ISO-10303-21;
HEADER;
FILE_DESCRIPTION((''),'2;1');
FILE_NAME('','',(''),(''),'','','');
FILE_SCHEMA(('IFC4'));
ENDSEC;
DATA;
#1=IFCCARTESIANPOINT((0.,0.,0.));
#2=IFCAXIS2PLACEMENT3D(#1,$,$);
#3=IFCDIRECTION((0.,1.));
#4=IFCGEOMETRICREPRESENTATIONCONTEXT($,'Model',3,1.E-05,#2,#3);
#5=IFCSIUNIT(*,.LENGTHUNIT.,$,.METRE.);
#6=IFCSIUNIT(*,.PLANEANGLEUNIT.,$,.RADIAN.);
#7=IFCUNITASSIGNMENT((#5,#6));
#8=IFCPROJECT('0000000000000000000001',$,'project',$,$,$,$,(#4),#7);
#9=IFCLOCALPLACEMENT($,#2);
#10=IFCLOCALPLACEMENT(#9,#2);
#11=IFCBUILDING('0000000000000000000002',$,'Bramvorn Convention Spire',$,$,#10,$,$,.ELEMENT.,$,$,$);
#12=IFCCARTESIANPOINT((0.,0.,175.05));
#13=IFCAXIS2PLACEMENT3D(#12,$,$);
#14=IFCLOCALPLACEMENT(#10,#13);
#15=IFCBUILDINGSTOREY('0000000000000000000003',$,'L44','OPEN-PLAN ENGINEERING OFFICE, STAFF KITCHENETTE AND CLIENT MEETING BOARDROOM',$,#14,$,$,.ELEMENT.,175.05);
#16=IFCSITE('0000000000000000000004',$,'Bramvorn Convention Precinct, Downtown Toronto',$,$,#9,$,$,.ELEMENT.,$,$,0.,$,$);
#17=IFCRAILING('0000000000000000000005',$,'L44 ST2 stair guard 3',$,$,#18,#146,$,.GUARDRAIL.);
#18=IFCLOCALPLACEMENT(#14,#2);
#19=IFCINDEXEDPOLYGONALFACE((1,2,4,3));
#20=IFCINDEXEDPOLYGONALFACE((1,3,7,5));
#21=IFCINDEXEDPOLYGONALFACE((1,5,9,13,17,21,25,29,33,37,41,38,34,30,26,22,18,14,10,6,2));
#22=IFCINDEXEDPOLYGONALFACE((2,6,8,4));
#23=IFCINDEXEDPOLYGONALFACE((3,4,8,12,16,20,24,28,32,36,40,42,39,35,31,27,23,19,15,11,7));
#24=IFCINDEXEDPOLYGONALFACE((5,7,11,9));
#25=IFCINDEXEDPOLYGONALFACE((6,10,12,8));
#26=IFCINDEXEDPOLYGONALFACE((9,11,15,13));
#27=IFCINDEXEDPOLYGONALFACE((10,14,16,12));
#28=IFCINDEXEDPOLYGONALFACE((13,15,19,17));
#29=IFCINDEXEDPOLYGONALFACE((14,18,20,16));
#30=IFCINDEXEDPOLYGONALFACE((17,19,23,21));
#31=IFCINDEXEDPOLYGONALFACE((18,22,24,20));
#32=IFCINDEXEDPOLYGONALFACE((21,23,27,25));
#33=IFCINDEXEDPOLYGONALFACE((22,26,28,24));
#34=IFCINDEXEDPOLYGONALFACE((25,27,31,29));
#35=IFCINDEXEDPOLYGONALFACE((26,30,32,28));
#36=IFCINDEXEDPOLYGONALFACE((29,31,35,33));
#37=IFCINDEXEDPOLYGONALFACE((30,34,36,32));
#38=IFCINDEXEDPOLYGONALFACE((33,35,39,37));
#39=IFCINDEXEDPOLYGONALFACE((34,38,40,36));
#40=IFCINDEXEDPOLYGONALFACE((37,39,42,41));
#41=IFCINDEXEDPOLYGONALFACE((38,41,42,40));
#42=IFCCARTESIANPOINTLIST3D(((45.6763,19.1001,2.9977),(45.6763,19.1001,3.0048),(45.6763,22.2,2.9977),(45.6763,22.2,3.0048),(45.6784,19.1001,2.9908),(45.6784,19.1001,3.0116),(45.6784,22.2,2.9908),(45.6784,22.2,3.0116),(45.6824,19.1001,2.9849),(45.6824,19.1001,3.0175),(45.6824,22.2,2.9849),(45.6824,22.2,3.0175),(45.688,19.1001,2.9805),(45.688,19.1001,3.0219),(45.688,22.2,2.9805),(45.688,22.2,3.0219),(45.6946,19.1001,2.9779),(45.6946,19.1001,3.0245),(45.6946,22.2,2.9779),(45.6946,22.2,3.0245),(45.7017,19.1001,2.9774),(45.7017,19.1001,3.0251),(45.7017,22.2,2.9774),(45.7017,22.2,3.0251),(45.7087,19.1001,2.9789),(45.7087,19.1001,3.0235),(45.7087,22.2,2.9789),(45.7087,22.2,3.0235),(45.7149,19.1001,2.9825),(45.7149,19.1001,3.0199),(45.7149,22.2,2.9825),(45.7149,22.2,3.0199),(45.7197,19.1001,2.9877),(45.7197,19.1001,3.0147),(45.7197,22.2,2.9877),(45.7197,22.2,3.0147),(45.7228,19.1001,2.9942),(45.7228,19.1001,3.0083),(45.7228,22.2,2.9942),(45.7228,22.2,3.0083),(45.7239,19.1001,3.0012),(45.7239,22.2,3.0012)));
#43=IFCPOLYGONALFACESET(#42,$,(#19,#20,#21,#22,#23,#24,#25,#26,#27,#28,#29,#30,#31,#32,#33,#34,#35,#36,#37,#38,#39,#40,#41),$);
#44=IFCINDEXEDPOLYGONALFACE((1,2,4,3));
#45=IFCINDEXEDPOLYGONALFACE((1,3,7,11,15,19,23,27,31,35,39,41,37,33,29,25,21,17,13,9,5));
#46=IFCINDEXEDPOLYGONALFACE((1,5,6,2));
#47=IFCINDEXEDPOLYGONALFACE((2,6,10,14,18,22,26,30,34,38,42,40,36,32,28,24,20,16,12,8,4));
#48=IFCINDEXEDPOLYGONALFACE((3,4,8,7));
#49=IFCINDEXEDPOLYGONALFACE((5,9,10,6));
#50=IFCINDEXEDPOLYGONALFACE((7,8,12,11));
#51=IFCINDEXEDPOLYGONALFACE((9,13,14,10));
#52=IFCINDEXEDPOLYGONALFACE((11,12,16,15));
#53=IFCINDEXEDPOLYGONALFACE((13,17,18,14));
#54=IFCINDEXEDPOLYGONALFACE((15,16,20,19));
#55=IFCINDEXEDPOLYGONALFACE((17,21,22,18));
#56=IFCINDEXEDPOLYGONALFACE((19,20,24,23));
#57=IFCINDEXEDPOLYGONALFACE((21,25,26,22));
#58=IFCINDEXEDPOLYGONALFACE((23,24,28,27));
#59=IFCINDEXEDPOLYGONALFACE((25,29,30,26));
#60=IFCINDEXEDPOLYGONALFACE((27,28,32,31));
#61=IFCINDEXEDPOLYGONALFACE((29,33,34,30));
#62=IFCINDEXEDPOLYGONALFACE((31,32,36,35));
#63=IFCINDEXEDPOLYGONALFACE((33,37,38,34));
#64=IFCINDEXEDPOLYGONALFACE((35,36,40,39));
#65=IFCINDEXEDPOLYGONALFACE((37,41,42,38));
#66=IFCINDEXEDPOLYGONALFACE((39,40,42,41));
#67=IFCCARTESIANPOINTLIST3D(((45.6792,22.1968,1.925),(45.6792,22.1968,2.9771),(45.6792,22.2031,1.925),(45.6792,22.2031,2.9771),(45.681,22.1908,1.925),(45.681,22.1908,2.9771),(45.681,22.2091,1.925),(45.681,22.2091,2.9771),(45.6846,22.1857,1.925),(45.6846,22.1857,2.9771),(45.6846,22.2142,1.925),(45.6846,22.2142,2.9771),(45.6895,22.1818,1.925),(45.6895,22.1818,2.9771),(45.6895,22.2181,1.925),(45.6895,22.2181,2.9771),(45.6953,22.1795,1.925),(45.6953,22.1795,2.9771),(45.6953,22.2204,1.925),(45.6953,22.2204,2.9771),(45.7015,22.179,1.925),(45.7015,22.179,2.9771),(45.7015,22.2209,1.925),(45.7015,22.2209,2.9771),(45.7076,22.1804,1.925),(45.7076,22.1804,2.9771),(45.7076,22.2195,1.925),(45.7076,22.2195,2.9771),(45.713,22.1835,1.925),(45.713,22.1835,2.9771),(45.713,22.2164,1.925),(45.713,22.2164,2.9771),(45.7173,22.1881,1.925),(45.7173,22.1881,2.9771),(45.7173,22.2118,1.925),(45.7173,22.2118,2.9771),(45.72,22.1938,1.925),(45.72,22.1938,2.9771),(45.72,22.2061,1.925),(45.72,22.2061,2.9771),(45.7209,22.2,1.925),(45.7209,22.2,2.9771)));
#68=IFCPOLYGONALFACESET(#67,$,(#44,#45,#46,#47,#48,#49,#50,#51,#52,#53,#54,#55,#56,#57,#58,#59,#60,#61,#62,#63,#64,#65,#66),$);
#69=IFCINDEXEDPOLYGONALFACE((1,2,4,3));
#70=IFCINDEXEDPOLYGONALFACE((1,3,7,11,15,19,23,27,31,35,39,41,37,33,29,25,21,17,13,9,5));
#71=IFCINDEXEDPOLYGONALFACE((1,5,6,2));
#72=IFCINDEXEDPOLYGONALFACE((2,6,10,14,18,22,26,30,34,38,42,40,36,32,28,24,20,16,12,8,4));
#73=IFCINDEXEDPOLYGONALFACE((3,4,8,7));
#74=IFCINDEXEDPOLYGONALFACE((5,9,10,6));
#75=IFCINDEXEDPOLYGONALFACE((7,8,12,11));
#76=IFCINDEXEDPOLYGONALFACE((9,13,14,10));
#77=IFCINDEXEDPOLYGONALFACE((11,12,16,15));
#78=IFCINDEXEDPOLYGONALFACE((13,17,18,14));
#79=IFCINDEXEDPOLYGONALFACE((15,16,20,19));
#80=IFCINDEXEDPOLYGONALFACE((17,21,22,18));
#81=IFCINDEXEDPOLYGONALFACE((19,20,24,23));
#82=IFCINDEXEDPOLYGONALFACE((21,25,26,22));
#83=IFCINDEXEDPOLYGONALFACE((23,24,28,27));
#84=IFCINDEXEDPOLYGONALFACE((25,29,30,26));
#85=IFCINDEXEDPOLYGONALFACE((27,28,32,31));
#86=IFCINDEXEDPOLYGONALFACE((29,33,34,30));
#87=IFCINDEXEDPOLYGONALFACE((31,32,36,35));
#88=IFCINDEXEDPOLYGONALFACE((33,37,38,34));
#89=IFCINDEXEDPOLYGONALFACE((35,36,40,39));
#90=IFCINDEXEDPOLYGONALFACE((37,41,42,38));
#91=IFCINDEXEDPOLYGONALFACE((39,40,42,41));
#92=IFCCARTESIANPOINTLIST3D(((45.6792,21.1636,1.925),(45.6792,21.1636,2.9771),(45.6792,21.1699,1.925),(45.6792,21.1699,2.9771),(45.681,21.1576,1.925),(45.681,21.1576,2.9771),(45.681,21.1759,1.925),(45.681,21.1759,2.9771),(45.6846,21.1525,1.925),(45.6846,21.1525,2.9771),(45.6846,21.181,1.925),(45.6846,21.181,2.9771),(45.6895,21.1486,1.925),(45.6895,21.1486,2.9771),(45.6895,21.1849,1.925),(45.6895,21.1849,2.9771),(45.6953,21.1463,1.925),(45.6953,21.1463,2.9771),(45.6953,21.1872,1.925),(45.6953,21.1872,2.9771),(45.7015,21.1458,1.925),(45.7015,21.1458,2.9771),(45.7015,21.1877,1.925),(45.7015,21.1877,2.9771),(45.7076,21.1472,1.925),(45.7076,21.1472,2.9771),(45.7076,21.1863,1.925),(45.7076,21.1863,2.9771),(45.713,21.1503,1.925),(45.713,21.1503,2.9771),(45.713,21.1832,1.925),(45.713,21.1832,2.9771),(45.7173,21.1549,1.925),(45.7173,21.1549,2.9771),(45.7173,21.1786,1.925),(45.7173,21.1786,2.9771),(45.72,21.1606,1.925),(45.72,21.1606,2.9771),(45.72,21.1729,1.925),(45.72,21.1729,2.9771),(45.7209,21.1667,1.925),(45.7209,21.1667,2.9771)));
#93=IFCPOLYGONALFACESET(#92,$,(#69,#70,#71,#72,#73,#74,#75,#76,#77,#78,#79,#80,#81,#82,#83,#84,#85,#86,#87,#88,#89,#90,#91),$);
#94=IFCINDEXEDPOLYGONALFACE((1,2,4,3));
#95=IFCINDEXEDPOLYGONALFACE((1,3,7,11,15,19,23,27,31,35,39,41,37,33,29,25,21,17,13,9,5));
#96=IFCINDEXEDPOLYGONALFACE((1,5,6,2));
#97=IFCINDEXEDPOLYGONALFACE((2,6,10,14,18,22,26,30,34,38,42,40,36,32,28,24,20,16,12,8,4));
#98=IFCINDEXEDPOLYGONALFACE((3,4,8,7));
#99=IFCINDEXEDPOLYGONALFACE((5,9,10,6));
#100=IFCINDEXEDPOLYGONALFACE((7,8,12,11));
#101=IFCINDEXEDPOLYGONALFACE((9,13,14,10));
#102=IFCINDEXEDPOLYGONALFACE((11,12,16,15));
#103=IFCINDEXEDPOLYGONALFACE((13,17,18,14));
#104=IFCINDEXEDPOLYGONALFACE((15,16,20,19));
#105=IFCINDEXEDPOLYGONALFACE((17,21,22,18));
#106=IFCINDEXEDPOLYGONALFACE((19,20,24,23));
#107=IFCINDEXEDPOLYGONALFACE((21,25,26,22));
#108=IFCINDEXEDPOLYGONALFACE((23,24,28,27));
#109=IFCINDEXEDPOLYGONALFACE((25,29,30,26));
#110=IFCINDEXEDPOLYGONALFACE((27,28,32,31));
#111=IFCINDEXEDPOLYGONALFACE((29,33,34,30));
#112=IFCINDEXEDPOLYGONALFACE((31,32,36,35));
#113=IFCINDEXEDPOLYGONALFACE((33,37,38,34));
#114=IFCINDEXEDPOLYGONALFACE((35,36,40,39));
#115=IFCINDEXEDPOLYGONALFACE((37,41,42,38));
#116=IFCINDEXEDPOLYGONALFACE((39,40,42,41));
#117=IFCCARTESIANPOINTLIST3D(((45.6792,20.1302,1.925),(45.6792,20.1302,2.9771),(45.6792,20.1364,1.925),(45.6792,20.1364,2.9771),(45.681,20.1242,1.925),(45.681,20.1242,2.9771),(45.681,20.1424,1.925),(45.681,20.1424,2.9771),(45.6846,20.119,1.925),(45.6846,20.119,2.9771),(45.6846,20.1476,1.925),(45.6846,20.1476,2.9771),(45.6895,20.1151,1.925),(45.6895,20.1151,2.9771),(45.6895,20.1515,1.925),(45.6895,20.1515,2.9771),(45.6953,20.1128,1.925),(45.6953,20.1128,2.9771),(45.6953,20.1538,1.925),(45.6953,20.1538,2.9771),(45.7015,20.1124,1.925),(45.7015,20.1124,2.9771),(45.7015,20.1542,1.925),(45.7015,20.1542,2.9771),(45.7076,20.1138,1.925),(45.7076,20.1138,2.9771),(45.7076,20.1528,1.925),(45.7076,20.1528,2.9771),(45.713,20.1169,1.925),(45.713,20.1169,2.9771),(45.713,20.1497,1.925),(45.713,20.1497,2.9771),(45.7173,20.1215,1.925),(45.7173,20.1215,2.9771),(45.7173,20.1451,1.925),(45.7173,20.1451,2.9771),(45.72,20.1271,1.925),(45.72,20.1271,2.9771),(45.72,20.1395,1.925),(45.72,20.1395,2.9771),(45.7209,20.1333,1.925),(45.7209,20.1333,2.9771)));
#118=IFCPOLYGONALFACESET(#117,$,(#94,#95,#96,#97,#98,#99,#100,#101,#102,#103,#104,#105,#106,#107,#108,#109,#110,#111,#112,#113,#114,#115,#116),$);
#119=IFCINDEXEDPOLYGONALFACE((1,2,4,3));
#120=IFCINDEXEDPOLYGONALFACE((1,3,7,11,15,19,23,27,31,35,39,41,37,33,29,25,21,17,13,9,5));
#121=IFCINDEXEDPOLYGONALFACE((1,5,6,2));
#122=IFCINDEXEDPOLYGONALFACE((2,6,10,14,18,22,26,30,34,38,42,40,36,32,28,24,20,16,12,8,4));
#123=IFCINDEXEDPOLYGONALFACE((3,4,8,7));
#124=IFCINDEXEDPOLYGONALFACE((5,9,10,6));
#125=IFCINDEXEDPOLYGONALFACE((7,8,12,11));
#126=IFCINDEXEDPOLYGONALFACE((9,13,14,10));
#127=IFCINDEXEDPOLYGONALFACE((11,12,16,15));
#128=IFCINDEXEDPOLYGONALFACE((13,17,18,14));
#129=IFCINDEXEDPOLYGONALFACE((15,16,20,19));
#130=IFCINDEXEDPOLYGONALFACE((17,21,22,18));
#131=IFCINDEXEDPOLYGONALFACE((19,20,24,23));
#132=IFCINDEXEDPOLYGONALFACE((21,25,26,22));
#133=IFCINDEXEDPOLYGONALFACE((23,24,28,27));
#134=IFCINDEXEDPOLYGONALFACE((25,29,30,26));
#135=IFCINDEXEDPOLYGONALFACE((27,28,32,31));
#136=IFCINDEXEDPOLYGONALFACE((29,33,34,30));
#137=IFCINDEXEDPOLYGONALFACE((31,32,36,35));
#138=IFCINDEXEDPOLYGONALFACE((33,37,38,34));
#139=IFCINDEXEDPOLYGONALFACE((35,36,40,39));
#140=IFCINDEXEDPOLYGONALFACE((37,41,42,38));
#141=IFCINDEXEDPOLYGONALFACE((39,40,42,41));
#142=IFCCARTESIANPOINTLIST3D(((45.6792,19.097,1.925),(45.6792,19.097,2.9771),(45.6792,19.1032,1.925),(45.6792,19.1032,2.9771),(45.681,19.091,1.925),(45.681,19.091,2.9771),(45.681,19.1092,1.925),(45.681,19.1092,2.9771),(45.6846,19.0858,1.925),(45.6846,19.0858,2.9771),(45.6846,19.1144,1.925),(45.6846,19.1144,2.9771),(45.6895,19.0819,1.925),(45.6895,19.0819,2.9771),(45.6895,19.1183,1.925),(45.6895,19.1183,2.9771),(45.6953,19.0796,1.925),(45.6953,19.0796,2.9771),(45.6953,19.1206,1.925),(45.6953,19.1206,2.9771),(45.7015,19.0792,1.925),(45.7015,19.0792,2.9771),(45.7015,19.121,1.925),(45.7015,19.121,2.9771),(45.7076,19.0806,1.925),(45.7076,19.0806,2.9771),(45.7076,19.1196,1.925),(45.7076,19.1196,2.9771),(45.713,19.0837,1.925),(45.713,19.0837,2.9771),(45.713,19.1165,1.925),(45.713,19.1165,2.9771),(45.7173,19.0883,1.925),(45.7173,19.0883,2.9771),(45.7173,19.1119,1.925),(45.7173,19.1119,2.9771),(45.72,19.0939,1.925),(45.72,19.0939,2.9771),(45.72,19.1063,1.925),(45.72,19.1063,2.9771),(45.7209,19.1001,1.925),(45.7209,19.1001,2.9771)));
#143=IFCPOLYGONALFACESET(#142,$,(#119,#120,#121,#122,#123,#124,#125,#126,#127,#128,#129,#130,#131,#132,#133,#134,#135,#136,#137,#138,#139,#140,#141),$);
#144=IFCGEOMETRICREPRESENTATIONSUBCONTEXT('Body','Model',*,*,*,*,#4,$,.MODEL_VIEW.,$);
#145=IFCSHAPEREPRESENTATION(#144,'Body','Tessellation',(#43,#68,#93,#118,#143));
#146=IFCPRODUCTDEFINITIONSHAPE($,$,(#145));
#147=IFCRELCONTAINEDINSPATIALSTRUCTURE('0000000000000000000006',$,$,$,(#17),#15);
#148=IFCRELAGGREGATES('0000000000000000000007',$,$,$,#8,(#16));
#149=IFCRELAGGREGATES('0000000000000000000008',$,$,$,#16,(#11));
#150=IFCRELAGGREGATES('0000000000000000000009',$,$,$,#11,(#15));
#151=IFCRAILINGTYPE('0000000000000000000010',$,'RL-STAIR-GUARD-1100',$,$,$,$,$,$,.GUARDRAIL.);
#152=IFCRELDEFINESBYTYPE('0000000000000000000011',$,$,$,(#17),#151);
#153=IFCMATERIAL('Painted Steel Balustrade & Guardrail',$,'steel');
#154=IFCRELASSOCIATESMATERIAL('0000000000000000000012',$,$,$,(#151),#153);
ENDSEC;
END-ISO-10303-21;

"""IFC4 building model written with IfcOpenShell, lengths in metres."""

from ifc_helpers import new_model, si_unit, direction, frame, origin, origin_2d, place, context, subcontext, project, spatial, circle, extrude, material, type_object, element, save


model = new_model("IFC4")

# Units and contexts
model_context = context("Model", 3, precision=1e-05, world=origin(), true_north=direction((0.0, 1.0)))
body_context = subcontext(model_context, "Body", "Model", "MODEL_VIEW")
ifc_project = project(units=[si_unit("LENGTHUNIT", "METRE"), si_unit("PLANEANGLEUNIT", "RADIAN")], contexts=[model_context])

# Site, building, storey
site_placement = place(None, origin())
site = spatial("IfcSite", under=ifc_project, at=site_placement, Name="Bramvorn Convention Precinct, Downtown Toronto", CompositionType="ELEMENT", RefElevation=0.0)
building_placement = place(site_placement, origin())
building = spatial("IfcBuilding", under=site, at=building_placement, Name="Bramvorn Convention Spire", CompositionType="ELEMENT")
storey_placement = place(building_placement, frame((0.0, 0.0, 175.05)))
storey = spatial("IfcBuildingStorey", under=building, at=storey_placement, Name="L44", Description="OPEN-PLAN ENGINEERING OFFICE, STAFF KITCHENETTE AND CLIENT MEETING BOARDROOM", CompositionType="ELEMENT", Elevation=175.05)

# Railing
ifc_material_1 = material(Name="Painted Steel Balustrade & Guardrail", Category="steel")
railing_type = type_object("IfcRailingType", Name="RL-STAIR-GUARD-1100", PredefinedType="GUARDRAIL", material=ifc_material_1)
railing_1_placement = place(storey_placement, frame((45.7, 22.2, 1.925)))
element("IfcRailing", 1, at=railing_1_placement, inside=storey, type_object=railing_type, Name="L44 ST2 stair guard 3", PredefinedType="GUARDRAIL", context=body_context, shape_type="SweptSolid", body=[
    extrude(circle(Radius=0.0239, at=origin_2d()), frame((0.0, 0.0, 1.0762), z_axis=(0.0, -1.0, 0.0), x_axis=(1.0, 0.0, 0.0)), (0.0, 0.0, 1.0), 3.0999),
    extrude(circle(Radius=0.021, at=origin_2d()), origin(), (0.0, 0.0, 1.0), 1.052),
    extrude(circle(Radius=0.021, at=origin_2d()), frame((0.0, -1.0332, 0.0)), (0.0, 0.0, 1.0), 1.052),
    extrude(circle(Radius=0.021, at=origin_2d()), frame((0.0, -2.0667, 0.0)), (0.0, 0.0, 1.0), 1.052),
    extrude(circle(Radius=0.021, at=origin_2d()), frame((0.0, -3.0999, 0.0)), (0.0, 0.0, 1.0), 1.052),
])

save(model, "model.ifc")
